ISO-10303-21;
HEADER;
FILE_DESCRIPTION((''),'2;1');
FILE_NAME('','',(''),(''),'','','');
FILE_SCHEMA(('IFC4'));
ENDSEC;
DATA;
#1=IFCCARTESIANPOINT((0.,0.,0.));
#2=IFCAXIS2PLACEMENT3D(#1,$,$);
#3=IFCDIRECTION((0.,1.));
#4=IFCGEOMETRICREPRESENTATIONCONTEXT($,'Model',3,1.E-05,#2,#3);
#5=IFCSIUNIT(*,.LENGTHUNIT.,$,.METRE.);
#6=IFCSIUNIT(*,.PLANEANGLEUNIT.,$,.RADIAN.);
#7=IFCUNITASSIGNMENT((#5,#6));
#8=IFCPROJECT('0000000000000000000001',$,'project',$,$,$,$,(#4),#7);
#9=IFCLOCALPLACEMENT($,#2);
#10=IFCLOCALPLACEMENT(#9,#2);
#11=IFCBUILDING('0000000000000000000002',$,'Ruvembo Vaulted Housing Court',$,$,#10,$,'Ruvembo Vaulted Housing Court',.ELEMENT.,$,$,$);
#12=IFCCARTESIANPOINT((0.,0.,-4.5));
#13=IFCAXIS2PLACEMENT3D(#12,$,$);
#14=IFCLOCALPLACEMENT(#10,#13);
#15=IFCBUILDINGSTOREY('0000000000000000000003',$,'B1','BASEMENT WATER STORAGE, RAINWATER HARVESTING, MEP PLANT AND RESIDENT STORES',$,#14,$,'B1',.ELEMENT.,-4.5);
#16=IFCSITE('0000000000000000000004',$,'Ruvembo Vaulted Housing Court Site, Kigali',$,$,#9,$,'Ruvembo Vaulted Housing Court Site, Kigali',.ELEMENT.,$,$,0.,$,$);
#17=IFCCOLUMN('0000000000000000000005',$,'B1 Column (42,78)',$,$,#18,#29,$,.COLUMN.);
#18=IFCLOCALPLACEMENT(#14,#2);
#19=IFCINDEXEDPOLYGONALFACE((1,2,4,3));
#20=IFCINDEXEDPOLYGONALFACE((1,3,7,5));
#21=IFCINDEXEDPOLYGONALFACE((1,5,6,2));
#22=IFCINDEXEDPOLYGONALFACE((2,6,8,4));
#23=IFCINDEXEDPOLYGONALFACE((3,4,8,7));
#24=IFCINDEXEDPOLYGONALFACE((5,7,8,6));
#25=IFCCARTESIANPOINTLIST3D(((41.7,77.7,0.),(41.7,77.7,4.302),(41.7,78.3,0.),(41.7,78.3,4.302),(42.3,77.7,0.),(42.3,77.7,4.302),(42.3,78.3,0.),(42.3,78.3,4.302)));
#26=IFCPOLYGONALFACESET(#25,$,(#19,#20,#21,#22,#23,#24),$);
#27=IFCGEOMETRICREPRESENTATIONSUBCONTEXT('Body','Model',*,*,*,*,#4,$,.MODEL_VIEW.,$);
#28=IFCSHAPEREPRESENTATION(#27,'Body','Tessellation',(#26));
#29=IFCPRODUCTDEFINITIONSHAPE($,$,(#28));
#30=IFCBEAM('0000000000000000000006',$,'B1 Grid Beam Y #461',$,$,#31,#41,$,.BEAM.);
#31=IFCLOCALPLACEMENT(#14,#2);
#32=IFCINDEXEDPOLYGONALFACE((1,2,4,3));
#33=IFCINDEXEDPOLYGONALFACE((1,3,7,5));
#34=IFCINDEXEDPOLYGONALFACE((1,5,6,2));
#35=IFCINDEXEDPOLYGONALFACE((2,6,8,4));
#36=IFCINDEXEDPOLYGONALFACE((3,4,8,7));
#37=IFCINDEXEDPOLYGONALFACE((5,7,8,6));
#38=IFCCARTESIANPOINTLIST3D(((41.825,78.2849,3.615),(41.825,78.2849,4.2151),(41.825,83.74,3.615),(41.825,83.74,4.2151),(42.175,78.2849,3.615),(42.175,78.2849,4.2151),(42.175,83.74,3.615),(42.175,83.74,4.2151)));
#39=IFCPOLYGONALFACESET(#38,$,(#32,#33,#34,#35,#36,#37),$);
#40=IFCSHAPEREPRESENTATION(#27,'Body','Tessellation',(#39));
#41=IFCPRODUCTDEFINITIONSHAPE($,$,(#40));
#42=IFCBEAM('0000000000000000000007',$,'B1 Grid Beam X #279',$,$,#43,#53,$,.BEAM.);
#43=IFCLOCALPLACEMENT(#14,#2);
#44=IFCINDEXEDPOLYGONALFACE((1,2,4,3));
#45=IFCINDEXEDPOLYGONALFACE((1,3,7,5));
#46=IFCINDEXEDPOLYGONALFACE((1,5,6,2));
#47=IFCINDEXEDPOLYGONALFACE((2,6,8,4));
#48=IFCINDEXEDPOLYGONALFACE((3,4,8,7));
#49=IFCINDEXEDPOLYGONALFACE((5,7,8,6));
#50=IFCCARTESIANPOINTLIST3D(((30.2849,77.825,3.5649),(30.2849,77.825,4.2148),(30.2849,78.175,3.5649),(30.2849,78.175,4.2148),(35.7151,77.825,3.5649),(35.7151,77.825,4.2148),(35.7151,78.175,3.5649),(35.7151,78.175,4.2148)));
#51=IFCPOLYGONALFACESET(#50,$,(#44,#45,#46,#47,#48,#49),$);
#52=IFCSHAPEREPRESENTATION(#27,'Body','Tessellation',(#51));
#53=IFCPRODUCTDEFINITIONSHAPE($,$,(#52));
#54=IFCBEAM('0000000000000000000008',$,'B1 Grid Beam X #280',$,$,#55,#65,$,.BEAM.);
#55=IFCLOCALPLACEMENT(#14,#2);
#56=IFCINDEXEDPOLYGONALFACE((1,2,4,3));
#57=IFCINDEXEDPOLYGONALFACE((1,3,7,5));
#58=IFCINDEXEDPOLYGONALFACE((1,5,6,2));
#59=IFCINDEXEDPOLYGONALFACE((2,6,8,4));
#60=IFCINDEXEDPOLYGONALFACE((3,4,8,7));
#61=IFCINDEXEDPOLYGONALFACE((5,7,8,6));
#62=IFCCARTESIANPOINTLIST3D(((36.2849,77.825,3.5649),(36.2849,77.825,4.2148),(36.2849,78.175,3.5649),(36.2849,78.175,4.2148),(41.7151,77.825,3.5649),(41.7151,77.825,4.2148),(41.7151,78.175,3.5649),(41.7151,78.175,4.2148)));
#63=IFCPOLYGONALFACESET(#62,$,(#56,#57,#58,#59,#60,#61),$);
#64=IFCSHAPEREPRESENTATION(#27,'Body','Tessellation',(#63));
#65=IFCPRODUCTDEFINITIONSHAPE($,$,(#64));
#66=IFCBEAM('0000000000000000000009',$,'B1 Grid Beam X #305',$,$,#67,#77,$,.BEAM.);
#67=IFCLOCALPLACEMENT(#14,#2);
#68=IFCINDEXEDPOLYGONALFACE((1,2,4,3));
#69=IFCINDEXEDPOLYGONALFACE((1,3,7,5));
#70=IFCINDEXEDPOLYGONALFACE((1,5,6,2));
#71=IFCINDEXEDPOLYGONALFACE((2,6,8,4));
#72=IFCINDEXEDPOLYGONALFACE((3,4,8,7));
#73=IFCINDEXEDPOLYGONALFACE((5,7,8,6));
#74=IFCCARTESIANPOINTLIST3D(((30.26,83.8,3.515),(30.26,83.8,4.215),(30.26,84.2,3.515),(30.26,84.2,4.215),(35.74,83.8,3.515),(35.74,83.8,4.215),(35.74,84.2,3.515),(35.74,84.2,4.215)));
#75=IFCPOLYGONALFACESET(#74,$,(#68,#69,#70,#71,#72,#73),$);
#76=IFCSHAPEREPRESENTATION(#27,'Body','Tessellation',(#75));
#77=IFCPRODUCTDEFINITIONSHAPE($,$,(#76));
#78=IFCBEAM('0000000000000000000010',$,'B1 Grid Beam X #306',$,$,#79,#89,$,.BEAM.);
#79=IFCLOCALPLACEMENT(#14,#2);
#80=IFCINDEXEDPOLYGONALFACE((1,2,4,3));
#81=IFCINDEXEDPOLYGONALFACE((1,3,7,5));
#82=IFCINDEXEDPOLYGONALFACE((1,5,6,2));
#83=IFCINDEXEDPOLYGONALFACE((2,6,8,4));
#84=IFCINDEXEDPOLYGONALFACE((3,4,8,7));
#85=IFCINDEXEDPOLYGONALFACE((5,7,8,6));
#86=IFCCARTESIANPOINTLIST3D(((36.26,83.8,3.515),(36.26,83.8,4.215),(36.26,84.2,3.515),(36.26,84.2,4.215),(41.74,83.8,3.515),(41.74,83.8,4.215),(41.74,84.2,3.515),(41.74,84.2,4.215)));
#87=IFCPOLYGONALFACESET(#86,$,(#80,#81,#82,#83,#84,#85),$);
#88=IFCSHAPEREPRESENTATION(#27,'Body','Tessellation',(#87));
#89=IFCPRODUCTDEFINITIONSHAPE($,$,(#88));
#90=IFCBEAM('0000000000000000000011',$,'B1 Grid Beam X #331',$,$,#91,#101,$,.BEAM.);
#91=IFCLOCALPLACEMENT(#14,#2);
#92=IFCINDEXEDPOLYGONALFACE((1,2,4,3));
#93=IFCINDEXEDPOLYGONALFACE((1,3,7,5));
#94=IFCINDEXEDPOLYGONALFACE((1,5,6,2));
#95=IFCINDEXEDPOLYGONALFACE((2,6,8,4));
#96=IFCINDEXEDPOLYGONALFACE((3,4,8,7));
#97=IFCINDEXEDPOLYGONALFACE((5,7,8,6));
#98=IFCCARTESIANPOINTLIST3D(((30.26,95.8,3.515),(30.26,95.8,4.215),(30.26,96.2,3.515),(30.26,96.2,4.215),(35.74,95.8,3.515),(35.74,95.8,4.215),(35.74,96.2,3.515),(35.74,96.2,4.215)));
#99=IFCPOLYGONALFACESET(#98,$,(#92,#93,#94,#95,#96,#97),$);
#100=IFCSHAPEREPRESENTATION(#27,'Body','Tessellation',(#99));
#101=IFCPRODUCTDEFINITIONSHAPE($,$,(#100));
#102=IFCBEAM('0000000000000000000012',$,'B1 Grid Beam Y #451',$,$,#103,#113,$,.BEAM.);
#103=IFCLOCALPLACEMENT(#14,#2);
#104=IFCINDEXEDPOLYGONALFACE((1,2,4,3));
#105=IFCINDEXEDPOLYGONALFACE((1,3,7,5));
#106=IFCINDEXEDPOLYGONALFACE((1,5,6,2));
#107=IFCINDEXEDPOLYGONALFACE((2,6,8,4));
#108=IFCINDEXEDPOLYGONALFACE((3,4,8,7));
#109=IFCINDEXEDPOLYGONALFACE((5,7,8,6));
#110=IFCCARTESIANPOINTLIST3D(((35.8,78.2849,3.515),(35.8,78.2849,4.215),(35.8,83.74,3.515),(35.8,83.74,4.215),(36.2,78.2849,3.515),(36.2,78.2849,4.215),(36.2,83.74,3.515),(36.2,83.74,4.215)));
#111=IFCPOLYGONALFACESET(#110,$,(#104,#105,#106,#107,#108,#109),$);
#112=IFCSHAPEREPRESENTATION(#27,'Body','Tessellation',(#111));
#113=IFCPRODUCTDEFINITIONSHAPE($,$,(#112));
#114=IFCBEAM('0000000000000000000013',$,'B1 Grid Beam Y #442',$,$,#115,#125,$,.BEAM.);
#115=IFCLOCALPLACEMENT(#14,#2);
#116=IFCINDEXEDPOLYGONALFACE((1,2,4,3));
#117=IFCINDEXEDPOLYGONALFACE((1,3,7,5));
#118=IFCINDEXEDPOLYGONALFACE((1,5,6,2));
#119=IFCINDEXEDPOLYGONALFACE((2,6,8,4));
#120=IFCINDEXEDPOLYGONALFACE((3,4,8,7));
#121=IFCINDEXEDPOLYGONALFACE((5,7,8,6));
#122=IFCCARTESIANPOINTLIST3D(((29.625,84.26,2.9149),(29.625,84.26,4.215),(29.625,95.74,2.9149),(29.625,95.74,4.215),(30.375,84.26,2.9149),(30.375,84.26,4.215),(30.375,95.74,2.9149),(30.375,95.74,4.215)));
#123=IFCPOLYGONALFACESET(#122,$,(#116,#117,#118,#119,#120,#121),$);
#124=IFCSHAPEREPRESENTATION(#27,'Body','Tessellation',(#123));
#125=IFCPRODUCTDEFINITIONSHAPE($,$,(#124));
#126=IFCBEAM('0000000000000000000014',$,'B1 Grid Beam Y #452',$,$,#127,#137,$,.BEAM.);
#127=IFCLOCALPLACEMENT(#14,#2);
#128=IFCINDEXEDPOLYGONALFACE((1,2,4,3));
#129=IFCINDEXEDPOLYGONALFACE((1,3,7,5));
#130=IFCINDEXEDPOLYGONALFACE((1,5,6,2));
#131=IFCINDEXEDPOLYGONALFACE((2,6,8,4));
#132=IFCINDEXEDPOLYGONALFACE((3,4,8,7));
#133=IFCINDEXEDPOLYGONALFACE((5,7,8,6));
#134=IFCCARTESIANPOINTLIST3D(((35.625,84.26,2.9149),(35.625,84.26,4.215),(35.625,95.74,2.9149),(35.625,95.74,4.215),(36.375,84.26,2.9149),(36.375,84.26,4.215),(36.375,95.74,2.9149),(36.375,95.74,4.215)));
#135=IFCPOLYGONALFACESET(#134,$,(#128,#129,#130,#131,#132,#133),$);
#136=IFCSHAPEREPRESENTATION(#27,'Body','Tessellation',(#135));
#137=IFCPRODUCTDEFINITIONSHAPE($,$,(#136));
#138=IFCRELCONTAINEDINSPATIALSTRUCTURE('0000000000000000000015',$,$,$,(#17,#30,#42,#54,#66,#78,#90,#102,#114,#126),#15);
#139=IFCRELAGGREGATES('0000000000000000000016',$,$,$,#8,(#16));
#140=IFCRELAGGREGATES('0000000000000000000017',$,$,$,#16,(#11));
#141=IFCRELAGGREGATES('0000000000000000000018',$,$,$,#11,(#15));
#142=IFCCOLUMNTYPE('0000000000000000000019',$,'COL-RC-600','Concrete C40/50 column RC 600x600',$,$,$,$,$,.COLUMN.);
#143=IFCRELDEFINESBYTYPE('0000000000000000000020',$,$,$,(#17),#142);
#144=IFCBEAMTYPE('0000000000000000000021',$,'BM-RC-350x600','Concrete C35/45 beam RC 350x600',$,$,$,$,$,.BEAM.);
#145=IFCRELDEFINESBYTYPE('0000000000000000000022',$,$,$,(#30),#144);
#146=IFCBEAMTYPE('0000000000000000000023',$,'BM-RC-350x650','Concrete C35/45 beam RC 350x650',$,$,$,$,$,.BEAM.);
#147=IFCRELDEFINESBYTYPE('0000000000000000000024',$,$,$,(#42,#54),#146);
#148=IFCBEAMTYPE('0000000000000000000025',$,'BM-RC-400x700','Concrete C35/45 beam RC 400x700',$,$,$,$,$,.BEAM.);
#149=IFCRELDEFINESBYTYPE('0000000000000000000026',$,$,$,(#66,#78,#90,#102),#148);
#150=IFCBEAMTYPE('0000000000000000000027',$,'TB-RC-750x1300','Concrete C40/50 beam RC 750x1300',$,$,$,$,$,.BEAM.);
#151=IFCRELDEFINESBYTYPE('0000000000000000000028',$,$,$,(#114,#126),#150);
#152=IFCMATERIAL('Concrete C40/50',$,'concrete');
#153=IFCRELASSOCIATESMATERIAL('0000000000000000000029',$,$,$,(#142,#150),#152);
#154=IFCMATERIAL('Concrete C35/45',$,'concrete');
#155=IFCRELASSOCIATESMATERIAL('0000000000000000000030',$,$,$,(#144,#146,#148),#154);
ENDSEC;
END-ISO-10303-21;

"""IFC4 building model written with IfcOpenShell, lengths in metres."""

from ifc_helpers import new_model, si_unit, direction, frame, origin, origin_2d, place, context, subcontext, project, spatial, rectangle, extrude, material, material_profile, profile_set, type_object, element, save


model = new_model("IFC4")

# Units and contexts
model_context = context("Model", 3, precision=1e-05, world=origin(), true_north=direction((0.0, 1.0)))
body_context = subcontext(model_context, "Body", "Model", "MODEL_VIEW")
ifc_project = project(units=[si_unit("LENGTHUNIT", "METRE"), si_unit("PLANEANGLEUNIT", "RADIAN")], contexts=[model_context])

# Site, building, storey
site_placement = place(None, origin())
site = spatial("IfcSite", under=ifc_project, at=site_placement, Name="Ruvembo Vaulted Housing Court Site, Kigali", LongName="Ruvembo Vaulted Housing Court Site, Kigali", CompositionType="ELEMENT", RefElevation=0.0)
building_placement = place(site_placement, origin())
building = spatial("IfcBuilding", under=site, at=building_placement, Name="Ruvembo Vaulted Housing Court", LongName="Ruvembo Vaulted Housing Court", CompositionType="ELEMENT")
storey_placement = place(building_placement, frame((0.0, 0.0, -4.5)))
storey = spatial("IfcBuildingStorey", under=building, at=storey_placement, Name="B1", Description="BASEMENT WATER STORAGE, RAINWATER HARVESTING, MEP PLANT AND RESIDENT STORES", LongName="B1", CompositionType="ELEMENT", Elevation=-4.5)

# Shared definitions
ifc_material_1 = material(Name="Concrete C35/45", Category="concrete")

# Column
ifc_material_2 = material(Name="Concrete C40/50", Category="concrete")
ifc_material_profile_1 = material_profile(ifc_material_2, rectangle(XDim=0.6001, YDim=0.6001, at=origin_2d()), Name="RC 600x600")
ifc_profile_set_1 = profile_set([ifc_material_profile_1], Name="Concrete C40/50")
column_type_1 = type_object("IfcColumnType", Name="COL-RC-600", Description="Concrete C40/50 column RC 600x600", PredefinedType="COLUMN", material=ifc_profile_set_1)
for number, where, z_axis, x_axis, name in (
    (1, (42.0, 78.0, 0.0), (0.0, 0.0, 1.0), (1.0, 0.0, 0.0), "B1 Column (42,78)"),
):
    element("IfcColumn", number, at=place(storey_placement, frame(where, z_axis=z_axis, x_axis=x_axis)), inside=storey, type_object=column_type_1, Name=name, PredefinedType="COLUMN", context=body_context, shape_type="SweptSolid", body=[
        extrude(rectangle(XDim=0.6001, YDim=0.6001, at=origin_2d()), origin(), (0.0, 0.0, 1.0), 4.302),
    ])

# Beams
ifc_material_profile_2 = material_profile(ifc_material_1, rectangle(XDim=0.3501, YDim=0.6001, at=origin_2d()), Name="RC 350x600")
ifc_profile_set_2 = profile_set([ifc_material_profile_2], Name="Concrete C35/45")
beam_type_1 = type_object("IfcBeamType", Name="BM-RC-350x600", Description="Concrete C35/45 beam RC 350x600", PredefinedType="BEAM", material=ifc_profile_set_2)
beam_1_placement = place(storey_placement, frame((42.0, 78.2849, 3.915), z_axis=(0.0, 1.0, 0.0), x_axis=(-1.0, 0.0, 0.0)))
element("IfcBeam", 2, at=beam_1_placement, inside=storey, type_object=beam_type_1, Name="B1 Grid Beam Y #461", PredefinedType="BEAM", context=body_context, shape_type="SweptSolid", body=[
    extrude(rectangle(XDim=0.3501, YDim=0.6001, at=origin_2d()), origin(), (0.0, 0.0, 1.0), 5.4551),
])
ifc_material_profile_3 = material_profile(ifc_material_1, rectangle(XDim=0.3501, YDim=0.6499, at=origin_2d()), Name="RC 350x650")
ifc_profile_set_3 = profile_set([ifc_material_profile_3], Name="Concrete C35/45")
beam_type_2 = type_object("IfcBeamType", Name="BM-RC-350x650", Description="Concrete C35/45 beam RC 350x650", PredefinedType="BEAM", material=ifc_profile_set_3)
for number, where, z_axis, x_axis, name in (
    (3, (30.2849, 78.0, 3.8899), (1.0, 0.0, 0.0), (0.0, 1.0, 0.0), "B1 Grid Beam X #279"),
    (4, (36.2849, 78.0, 3.8899), (1.0, 0.0, 0.0), (0.0, 1.0, 0.0), "B1 Grid Beam X #280"),
):
    element("IfcBeam", number, at=place(storey_placement, frame(where, z_axis=z_axis, x_axis=x_axis)), inside=storey, type_object=beam_type_2, Name=name, PredefinedType="BEAM", context=body_context, shape_type="SweptSolid", body=[
        extrude(rectangle(XDim=0.3501, YDim=0.6499, at=origin_2d()), origin(), (0.0, 0.0, 1.0), 5.4302),
    ])
ifc_material_profile_4 = material_profile(ifc_material_1, rectangle(XDim=0.3999, YDim=0.7, at=origin_2d()), Name="RC 400x700")
ifc_profile_set_4 = profile_set([ifc_material_profile_4], Name="Concrete C35/45")
beam_type_3 = type_object("IfcBeamType", Name="BM-RC-400x700", Description="Concrete C35/45 beam RC 400x700", PredefinedType="BEAM", material=ifc_profile_set_4)
for number, where, z_axis, x_axis, name in (
    (5, (30.26, 84.0, 3.865), (1.0, 0.0, 0.0), (0.0, 1.0, 0.0), "B1 Grid Beam X #305"),
    (6, (36.26, 84.0, 3.865), (1.0, 0.0, 0.0), (0.0, 1.0, 0.0), "B1 Grid Beam X #306"),
    (7, (30.26, 96.0, 3.865), (1.0, 0.0, 0.0), (0.0, 1.0, 0.0), "B1 Grid Beam X #331"),
):
    element("IfcBeam", number, at=place(storey_placement, frame(where, z_axis=z_axis, x_axis=x_axis)), inside=storey, type_object=beam_type_3, Name=name, PredefinedType="BEAM", context=body_context, shape_type="SweptSolid", body=[
        extrude(rectangle(XDim=0.3999, YDim=0.7, at=origin_2d()), origin(), (0.0, 0.0, 1.0), 5.48),
    ])
beam_2_placement = place(storey_placement, frame((36.0, 78.2849, 3.865), z_axis=(0.0, 1.0, 0.0), x_axis=(-1.0, 0.0, 0.0)))
element("IfcBeam", 8, at=beam_2_placement, inside=storey, type_object=beam_type_3, Name="B1 Grid Beam Y #451", PredefinedType="BEAM", context=body_context, shape_type="SweptSolid", body=[
    extrude(rectangle(XDim=0.3999, YDim=0.7, at=origin_2d()), origin(), (0.0, 0.0, 1.0), 5.4551),
])
ifc_material_profile_5 = material_profile(ifc_material_2, rectangle(XDim=0.75, YDim=1.3, at=origin_2d()), Name="RC 750x1300")
ifc_profile_set_5 = profile_set([ifc_material_profile_5], Name="Concrete C40/50")
beam_type_4 = type_object("IfcBeamType", Name="TB-RC-750x1300", Description="Concrete C40/50 beam RC 750x1300", PredefinedType="BEAM", material=ifc_profile_set_5)
for number, where, z_axis, x_axis, name in (
    (9, (30.0, 84.26, 3.5649), (0.0, 1.0, 0.0), (-1.0, 0.0, 0.0), "B1 Grid Beam Y #442"),
    (10, (36.0, 84.26, 3.5649), (0.0, 1.0, 0.0), (-1.0, 0.0, 0.0), "B1 Grid Beam Y #452"),
):
    element("IfcBeam", number, at=place(storey_placement, frame(where, z_axis=z_axis, x_axis=x_axis)), inside=storey, type_object=beam_type_4, Name=name, PredefinedType="BEAM", context=body_context, shape_type="SweptSolid", body=[
        extrude(rectangle(XDim=0.75, YDim=1.3, at=origin_2d()), origin(), (0.0, 0.0, 1.0), 11.48),
    ])

save(model, "model.ifc")
